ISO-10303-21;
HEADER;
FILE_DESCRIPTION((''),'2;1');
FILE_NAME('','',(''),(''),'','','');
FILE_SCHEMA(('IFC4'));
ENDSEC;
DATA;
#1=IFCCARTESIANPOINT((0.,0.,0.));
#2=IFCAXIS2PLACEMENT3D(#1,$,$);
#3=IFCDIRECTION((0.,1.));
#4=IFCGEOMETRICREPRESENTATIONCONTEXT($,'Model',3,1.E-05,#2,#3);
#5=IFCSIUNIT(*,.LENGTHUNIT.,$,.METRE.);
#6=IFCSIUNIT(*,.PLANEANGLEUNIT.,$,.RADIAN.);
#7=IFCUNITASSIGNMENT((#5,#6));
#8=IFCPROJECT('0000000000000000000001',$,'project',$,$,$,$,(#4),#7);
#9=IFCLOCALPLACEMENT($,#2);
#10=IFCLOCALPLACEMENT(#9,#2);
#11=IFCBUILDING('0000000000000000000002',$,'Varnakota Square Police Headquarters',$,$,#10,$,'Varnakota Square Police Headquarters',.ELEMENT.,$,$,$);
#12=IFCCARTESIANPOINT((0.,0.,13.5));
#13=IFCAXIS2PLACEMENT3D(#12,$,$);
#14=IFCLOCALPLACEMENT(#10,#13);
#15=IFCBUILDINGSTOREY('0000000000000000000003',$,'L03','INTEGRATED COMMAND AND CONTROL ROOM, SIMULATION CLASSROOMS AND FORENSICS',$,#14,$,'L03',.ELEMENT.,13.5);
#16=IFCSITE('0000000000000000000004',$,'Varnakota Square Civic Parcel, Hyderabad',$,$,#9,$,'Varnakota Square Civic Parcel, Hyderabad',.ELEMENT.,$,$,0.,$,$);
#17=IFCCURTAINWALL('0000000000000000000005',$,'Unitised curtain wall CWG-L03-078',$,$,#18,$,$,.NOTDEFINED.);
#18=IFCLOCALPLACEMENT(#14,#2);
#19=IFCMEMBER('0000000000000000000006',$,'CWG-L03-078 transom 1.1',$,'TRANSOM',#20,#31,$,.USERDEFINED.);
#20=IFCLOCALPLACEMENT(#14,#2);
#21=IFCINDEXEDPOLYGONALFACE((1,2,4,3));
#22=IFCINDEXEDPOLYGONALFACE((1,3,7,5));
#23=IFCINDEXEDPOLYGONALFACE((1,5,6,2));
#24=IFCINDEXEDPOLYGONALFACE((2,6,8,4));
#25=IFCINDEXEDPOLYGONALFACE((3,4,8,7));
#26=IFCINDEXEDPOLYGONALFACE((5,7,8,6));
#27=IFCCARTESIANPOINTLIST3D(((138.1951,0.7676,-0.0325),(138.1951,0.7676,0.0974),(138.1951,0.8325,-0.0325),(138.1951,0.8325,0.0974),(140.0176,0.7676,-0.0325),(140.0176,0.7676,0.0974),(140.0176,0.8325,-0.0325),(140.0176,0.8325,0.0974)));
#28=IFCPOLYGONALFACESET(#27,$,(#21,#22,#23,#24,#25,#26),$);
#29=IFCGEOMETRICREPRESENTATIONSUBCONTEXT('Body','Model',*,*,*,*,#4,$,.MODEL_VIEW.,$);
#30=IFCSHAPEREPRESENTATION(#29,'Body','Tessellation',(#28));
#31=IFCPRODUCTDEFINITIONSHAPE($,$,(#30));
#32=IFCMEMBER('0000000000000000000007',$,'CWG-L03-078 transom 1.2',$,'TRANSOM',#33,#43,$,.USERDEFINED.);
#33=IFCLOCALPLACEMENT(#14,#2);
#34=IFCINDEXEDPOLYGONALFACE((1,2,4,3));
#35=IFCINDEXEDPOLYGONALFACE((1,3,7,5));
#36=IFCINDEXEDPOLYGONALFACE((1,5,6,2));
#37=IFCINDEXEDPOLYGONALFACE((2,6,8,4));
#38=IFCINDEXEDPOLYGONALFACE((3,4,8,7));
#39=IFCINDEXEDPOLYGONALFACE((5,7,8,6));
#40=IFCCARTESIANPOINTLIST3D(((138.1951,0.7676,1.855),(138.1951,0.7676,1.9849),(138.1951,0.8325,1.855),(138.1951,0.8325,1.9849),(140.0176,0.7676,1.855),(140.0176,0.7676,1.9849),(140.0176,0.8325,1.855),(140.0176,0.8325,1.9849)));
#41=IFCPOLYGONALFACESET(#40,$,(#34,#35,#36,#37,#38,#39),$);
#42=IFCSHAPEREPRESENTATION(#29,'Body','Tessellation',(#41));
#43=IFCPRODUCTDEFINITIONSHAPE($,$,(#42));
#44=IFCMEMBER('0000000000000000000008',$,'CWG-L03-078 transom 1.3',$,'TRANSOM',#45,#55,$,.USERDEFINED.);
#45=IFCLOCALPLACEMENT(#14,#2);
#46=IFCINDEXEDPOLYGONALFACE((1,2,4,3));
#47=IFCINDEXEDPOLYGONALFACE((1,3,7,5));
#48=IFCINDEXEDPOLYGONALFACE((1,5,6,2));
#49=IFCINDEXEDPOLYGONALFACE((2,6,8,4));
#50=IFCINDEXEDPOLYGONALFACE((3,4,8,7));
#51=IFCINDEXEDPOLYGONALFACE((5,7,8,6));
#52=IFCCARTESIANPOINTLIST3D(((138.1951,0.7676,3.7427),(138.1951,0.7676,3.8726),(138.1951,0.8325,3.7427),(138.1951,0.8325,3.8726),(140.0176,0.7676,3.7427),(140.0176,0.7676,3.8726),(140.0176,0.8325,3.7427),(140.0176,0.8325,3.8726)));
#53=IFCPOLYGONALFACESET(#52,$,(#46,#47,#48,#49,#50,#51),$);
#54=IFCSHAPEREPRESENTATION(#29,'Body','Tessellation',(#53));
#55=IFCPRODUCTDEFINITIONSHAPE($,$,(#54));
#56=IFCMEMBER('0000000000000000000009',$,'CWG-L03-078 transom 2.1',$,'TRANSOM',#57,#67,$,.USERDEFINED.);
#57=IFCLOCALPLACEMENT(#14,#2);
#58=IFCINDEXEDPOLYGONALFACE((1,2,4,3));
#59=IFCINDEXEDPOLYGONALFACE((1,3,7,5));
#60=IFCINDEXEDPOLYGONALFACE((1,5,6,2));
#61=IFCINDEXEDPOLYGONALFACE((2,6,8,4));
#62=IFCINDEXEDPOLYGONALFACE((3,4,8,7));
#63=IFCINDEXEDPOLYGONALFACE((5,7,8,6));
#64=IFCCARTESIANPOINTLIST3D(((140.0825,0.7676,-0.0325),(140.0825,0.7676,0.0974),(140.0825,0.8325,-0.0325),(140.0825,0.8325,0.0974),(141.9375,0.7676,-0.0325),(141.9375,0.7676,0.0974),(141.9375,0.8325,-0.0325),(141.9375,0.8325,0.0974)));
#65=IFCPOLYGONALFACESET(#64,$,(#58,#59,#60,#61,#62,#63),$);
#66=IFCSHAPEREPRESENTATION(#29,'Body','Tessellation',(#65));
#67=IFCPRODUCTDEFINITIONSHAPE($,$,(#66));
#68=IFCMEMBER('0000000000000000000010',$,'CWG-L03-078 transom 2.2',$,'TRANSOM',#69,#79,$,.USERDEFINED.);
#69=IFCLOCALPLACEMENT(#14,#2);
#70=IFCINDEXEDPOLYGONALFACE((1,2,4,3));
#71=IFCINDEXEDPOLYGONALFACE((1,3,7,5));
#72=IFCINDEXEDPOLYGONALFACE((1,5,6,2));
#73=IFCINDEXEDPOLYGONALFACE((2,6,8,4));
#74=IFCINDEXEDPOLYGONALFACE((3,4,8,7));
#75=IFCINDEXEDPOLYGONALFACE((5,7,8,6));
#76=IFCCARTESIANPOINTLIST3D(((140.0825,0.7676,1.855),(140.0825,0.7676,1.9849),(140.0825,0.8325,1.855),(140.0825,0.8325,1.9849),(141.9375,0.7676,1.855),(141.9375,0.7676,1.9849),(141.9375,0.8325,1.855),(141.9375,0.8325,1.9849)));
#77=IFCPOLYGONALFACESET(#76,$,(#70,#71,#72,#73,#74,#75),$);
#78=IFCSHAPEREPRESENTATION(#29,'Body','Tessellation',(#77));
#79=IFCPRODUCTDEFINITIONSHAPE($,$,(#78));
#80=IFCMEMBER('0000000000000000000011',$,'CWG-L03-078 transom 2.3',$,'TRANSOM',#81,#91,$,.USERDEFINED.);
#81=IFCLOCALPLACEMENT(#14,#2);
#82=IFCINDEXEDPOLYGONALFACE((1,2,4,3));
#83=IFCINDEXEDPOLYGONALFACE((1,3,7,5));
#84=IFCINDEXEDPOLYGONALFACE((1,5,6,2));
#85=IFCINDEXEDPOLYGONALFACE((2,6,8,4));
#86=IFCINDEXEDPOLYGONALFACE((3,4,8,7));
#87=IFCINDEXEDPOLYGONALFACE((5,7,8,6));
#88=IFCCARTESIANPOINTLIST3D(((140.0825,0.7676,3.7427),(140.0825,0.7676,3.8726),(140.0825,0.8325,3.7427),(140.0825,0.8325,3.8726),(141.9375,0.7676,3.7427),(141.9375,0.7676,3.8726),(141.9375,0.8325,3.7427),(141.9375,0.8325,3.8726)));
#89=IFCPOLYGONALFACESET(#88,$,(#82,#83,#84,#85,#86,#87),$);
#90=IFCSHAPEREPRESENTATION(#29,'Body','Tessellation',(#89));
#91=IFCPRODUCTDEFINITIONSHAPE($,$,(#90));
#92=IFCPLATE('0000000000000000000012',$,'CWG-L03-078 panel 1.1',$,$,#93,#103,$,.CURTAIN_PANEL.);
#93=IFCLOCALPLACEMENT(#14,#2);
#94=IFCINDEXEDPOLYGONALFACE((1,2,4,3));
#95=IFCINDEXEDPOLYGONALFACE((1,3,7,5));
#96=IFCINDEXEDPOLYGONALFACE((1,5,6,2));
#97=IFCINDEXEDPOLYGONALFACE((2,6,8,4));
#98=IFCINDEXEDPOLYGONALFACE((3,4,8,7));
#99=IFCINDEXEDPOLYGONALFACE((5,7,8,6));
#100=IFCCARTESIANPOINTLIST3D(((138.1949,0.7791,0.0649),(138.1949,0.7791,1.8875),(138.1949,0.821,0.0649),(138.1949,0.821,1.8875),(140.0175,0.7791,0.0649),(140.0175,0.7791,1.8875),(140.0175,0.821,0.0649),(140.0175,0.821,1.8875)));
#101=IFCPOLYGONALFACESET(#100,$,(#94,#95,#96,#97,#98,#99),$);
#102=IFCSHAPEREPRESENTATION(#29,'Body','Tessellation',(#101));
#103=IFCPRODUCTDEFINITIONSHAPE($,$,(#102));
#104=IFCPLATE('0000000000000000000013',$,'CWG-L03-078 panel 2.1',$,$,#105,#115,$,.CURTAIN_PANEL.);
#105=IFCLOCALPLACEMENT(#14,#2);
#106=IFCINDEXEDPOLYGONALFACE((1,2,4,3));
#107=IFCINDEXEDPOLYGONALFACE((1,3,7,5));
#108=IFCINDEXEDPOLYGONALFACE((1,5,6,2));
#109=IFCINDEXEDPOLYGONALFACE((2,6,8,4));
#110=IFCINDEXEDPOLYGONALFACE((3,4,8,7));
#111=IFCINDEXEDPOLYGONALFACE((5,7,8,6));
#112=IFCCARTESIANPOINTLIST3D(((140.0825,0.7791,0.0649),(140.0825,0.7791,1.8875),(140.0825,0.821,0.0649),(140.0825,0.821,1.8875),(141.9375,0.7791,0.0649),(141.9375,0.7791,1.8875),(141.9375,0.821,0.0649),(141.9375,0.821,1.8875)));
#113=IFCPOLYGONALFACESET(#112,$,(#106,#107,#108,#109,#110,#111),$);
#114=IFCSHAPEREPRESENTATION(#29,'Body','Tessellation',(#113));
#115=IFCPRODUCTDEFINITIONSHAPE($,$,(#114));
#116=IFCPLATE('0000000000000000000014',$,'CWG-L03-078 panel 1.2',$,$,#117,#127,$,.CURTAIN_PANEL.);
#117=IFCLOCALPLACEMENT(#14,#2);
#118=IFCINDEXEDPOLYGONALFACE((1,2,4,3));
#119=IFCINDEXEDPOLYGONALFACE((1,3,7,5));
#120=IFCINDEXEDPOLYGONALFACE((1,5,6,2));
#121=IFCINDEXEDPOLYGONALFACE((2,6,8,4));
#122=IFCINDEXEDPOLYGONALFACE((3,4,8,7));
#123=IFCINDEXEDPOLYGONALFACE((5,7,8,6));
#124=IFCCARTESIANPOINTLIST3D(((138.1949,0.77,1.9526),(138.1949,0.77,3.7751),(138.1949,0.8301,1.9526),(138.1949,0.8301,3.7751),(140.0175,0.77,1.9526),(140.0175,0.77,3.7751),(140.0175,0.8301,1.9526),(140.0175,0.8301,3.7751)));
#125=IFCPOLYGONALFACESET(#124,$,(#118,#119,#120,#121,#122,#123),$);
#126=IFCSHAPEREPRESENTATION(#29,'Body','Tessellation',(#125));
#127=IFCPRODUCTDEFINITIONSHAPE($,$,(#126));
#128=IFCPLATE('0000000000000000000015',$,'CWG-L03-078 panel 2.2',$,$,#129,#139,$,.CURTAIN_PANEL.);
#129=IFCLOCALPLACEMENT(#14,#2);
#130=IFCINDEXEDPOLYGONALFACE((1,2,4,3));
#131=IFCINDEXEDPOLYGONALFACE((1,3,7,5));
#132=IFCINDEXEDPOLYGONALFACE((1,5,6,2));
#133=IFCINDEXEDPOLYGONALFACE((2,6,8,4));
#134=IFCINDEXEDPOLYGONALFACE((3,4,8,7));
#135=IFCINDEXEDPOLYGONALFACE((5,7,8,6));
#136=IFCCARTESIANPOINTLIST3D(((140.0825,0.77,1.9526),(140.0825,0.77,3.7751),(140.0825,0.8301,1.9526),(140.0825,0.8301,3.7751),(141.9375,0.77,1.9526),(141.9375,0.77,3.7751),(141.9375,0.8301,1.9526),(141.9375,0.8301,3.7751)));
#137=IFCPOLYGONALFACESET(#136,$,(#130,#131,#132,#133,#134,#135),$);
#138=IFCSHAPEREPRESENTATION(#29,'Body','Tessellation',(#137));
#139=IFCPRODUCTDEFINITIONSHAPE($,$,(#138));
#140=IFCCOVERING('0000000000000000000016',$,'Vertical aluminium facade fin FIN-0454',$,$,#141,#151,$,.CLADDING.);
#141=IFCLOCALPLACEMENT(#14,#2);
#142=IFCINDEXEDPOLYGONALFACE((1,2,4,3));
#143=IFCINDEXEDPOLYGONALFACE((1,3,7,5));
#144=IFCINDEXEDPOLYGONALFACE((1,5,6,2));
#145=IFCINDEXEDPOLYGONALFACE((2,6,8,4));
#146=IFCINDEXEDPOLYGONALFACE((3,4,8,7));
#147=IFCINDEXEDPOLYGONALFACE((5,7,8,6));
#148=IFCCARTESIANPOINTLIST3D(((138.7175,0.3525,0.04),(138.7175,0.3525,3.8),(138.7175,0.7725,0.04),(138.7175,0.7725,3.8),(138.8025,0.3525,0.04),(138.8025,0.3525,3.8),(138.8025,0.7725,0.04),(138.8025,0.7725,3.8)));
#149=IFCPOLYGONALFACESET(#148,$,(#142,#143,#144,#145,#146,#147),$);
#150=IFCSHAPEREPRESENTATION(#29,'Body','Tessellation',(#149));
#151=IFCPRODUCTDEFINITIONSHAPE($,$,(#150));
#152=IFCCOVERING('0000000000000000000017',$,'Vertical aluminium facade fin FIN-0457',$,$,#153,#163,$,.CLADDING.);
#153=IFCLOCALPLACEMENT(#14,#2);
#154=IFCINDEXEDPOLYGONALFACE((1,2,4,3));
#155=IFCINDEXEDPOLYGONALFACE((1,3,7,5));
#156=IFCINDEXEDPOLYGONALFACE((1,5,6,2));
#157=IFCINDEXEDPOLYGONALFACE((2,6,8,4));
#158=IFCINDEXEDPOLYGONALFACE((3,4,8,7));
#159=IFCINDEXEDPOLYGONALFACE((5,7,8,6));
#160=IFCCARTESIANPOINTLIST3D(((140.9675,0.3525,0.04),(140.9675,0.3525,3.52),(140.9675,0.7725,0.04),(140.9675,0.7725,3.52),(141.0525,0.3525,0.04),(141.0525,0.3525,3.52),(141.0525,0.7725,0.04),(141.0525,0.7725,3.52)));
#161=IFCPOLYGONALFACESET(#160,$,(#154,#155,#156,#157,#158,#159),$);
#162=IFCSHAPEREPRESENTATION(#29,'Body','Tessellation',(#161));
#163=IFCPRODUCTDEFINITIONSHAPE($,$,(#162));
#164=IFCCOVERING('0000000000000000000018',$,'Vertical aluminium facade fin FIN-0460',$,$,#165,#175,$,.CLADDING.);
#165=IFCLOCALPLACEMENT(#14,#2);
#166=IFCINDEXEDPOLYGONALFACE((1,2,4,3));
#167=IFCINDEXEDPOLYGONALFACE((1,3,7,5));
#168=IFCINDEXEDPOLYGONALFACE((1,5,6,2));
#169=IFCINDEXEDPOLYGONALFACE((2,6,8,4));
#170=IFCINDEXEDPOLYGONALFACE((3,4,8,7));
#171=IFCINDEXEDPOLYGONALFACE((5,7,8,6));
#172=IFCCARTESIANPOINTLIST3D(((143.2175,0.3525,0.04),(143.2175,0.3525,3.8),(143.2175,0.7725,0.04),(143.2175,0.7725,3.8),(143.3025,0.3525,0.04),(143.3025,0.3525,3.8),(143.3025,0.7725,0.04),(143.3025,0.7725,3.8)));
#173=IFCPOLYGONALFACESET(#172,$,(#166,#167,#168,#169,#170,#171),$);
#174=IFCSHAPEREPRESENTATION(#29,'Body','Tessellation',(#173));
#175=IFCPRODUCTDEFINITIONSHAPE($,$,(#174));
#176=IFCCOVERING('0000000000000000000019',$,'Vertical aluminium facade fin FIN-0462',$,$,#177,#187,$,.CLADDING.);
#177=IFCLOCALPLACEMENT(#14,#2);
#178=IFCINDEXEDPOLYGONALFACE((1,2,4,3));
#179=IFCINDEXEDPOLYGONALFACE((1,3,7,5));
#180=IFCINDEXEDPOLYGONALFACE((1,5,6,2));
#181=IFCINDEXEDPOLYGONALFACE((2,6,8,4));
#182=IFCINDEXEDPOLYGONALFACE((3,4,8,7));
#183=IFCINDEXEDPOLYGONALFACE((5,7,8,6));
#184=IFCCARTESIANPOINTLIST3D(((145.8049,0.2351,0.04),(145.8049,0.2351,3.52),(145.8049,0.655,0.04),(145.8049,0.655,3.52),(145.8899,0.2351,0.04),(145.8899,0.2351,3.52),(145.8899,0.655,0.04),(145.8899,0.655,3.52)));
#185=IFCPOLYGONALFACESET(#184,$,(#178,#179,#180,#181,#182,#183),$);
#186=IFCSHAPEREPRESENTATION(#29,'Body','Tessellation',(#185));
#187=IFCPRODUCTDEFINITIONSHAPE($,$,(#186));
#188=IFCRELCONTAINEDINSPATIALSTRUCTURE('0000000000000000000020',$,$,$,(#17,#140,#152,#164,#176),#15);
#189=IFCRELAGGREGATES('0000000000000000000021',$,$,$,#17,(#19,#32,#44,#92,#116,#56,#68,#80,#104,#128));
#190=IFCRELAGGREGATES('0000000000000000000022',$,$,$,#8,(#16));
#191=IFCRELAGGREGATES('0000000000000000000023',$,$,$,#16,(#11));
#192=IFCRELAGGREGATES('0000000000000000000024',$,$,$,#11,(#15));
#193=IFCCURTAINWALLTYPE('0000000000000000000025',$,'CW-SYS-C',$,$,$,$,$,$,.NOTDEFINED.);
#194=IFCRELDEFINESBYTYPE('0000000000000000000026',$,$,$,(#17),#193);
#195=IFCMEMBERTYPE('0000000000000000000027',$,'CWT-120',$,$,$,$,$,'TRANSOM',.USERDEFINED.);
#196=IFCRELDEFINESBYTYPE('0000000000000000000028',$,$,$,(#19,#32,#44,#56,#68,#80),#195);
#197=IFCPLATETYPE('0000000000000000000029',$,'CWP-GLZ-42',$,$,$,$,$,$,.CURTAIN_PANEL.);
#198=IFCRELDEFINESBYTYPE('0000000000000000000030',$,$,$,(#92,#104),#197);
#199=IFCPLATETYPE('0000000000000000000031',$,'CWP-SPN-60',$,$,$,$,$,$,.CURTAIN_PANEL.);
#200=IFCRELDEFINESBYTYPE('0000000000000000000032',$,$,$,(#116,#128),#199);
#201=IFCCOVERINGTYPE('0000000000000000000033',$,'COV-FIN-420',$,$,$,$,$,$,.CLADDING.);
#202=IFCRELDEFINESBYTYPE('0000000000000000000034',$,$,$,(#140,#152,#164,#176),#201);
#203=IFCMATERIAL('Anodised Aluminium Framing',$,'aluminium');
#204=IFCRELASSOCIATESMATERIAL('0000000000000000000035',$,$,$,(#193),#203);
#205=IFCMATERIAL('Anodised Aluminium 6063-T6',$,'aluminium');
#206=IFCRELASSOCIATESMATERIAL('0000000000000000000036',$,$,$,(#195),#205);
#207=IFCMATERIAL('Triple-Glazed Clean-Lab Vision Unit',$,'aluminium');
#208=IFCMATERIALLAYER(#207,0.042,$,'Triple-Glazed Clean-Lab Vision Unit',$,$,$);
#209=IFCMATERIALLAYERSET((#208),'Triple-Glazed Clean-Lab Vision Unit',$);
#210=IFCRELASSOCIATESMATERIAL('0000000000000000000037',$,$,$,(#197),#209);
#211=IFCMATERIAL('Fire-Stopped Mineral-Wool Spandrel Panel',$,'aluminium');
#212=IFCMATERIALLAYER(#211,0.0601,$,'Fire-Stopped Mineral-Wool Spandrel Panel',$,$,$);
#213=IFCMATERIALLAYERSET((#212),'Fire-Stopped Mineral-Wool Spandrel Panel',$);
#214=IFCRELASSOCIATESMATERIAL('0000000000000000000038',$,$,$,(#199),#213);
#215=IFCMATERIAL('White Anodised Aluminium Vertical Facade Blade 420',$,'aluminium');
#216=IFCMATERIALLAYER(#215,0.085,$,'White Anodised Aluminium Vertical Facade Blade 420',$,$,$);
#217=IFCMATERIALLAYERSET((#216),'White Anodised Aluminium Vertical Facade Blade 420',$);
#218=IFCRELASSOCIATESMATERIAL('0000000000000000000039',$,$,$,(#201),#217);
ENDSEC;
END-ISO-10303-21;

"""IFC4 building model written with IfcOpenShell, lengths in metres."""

from ifc_helpers import new_model, si_unit, direction, frame, origin, origin_2d, place, context, subcontext, project, spatial, rectangle, extrude, material, layer, layer_set, material_profile, profile_set, type_object, element, aggregate, save


model = new_model("IFC4")

# Units and contexts
model_context = context("Model", 3, precision=1e-05, world=origin(), true_north=direction((0.0, 1.0)))
body_context = subcontext(model_context, "Body", "Model", "MODEL_VIEW")
ifc_project = project(units=[si_unit("LENGTHUNIT", "METRE"), si_unit("PLANEANGLEUNIT", "RADIAN")], contexts=[model_context])

# Site, building, storey
site_placement = place(None, origin())
site = spatial("IfcSite", under=ifc_project, at=site_placement, Name="Varnakota Square Civic Parcel, Hyderabad", LongName="Varnakota Square Civic Parcel, Hyderabad", CompositionType="ELEMENT", RefElevation=0.0)
building_placement = place(site_placement, origin())
building = spatial("IfcBuilding", under=site, at=building_placement, Name="Varnakota Square Police Headquarters", LongName="Varnakota Square Police Headquarters", CompositionType="ELEMENT")
storey_placement = place(building_placement, frame((0.0, 0.0, 13.5)))
storey = spatial("IfcBuildingStorey", under=building, at=storey_placement, Name="L03", Description="INTEGRATED COMMAND AND CONTROL ROOM, SIMULATION CLASSROOMS AND FORENSICS", LongName="L03", CompositionType="ELEMENT", Elevation=13.5)

# Curtain wall, members, plates
ifc_material_1 = material(Name="Anodised Aluminium Framing", Category="aluminium")
curtain_wall_type = type_object("IfcCurtainWallType", Name="CW-SYS-C", PredefinedType="NOTDEFINED", material=ifc_material_1)
curtain_wall_placement = place(storey_placement, origin())
curtain_wall = element("IfcCurtainWall", 1, at=curtain_wall_placement, inside=storey, type_object=curtain_wall_type, Name="Unitised curtain wall CWG-L03-078", PredefinedType="NOTDEFINED")
ifc_material_2 = material(Name="Anodised Aluminium 6063-T6", Category="aluminium")
ifc_material_profile_1 = material_profile(ifc_material_2, rectangle(XDim=0.0649, YDim=0.1299, at=origin_2d()), Name="ALU TRANSOM 65x130")
ifc_profile_set_1 = profile_set([ifc_material_profile_1], Name="Anodised Aluminium 6063-T6")
member_type_1 = type_object("IfcMemberType", Name="CWT-120", ElementType="TRANSOM", PredefinedType="USERDEFINED", material=ifc_profile_set_1)
member_1_placement = place(storey_placement, frame((138.1951, 0.8, 0.0325), z_axis=(1.0, 0.0, 0.0), x_axis=(0.0, 1.0, 0.0)))
member_1 = element("IfcMember", 2, at=member_1_placement, type_object=member_type_1, Name="CWG-L03-078 transom 1.1", ObjectType="TRANSOM", PredefinedType="USERDEFINED", context=body_context, shape_type="SweptSolid", body=[
    extrude(rectangle(XDim=0.0649, YDim=0.1299, at=origin_2d()), origin(), (0.0, 0.0, 1.0), 1.8225),
])
member_2_placement = place(storey_placement, frame((138.1951, 0.8, 1.9199), z_axis=(1.0, 0.0, 0.0), x_axis=(0.0, 1.0, 0.0)))
member_2 = element("IfcMember", 3, at=member_2_placement, type_object=member_type_1, Name="CWG-L03-078 transom 1.2", ObjectType="TRANSOM", PredefinedType="USERDEFINED", context=body_context, shape_type="SweptSolid", body=[
    extrude(rectangle(XDim=0.0649, YDim=0.1299, at=origin_2d()), origin(), (0.0, 0.0, 1.0), 1.8225),
])
member_3_placement = place(storey_placement, frame((138.1951, 0.8, 3.8076), z_axis=(1.0, 0.0, 0.0), x_axis=(0.0, 1.0, 0.0)))
member_3 = element("IfcMember", 4, at=member_3_placement, type_object=member_type_1, Name="CWG-L03-078 transom 1.3", ObjectType="TRANSOM", PredefinedType="USERDEFINED", context=body_context, shape_type="SweptSolid", body=[
    extrude(rectangle(XDim=0.0649, YDim=0.1299, at=origin_2d()), origin(), (0.0, 0.0, 1.0), 1.8225),
])
member_4_placement = place(storey_placement, frame((140.0825, 0.8, 0.0325), z_axis=(1.0, 0.0, 0.0), x_axis=(0.0, 1.0, 0.0)))
member_4 = element("IfcMember", 5, at=member_4_placement, type_object=member_type_1, Name="CWG-L03-078 transom 2.1", ObjectType="TRANSOM", PredefinedType="USERDEFINED", context=body_context, shape_type="SweptSolid", body=[
    extrude(rectangle(XDim=0.0649, YDim=0.1299, at=origin_2d()), origin(), (0.0, 0.0, 1.0), 1.855),
])
member_5_placement = place(storey_placement, frame((140.0825, 0.8, 1.9199), z_axis=(1.0, 0.0, 0.0), x_axis=(0.0, 1.0, 0.0)))
member_5 = element("IfcMember", 6, at=member_5_placement, type_object=member_type_1, Name="CWG-L03-078 transom 2.2", ObjectType="TRANSOM", PredefinedType="USERDEFINED", context=body_context, shape_type="SweptSolid", body=[
    extrude(rectangle(XDim=0.0649, YDim=0.1299, at=origin_2d()), origin(), (0.0, 0.0, 1.0), 1.855),
])
member_6_placement = place(storey_placement, frame((140.0825, 0.8, 3.8076), z_axis=(1.0, 0.0, 0.0), x_axis=(0.0, 1.0, 0.0)))
member_6 = element("IfcMember", 7, at=member_6_placement, type_object=member_type_1, Name="CWG-L03-078 transom 2.3", ObjectType="TRANSOM", PredefinedType="USERDEFINED", context=body_context, shape_type="SweptSolid", body=[
    extrude(rectangle(XDim=0.0649, YDim=0.1299, at=origin_2d()), origin(), (0.0, 0.0, 1.0), 1.855),
])
ifc_material_3 = material(Name="Triple-Glazed Clean-Lab Vision Unit", Category="aluminium")
ifc_layer_1 = layer(ifc_material_3, 0.042, Name="Triple-Glazed Clean-Lab Vision Unit")
ifc_layer_set_1 = layer_set([ifc_layer_1], Name="Triple-Glazed Clean-Lab Vision Unit")
plate_type_1 = type_object("IfcPlateType", Name="CWP-GLZ-42", PredefinedType="CURTAIN_PANEL", material=ifc_layer_set_1)
plate_1_placement = place(storey_placement, frame((139.1062, 0.8, 0.0649), z_axis=(0.0, 0.0, 1.0), x_axis=(1.0, 0.0, 0.0)))
plate_1 = element("IfcPlate", 8, at=plate_1_placement, type_object=plate_type_1, Name="CWG-L03-078 panel 1.1", PredefinedType="CURTAIN_PANEL", context=body_context, shape_type="SweptSolid", body=[
    extrude(rectangle(XDim=1.8225, YDim=0.042, at=origin_2d()), origin(), (0.0, 0.0, 1.0), 1.8225),
])
plate_2_placement = place(storey_placement, frame((141.01, 0.8, 0.0649), z_axis=(0.0, 0.0, 1.0), x_axis=(1.0, 0.0, 0.0)))
plate_2 = element("IfcPlate", 9, at=plate_2_placement, type_object=plate_type_1, Name="CWG-L03-078 panel 2.1", PredefinedType="CURTAIN_PANEL", context=body_context, shape_type="SweptSolid", body=[
    extrude(rectangle(XDim=1.855, YDim=0.042, at=origin_2d()), origin(), (0.0, 0.0, 1.0), 1.8225),
])
ifc_material_4 = material(Name="Fire-Stopped Mineral-Wool Spandrel Panel", Category="aluminium")
ifc_layer_2 = layer(ifc_material_4, 0.0601, Name="Fire-Stopped Mineral-Wool Spandrel Panel")
ifc_layer_set_2 = layer_set([ifc_layer_2], Name="Fire-Stopped Mineral-Wool Spandrel Panel")
plate_type_2 = type_object("IfcPlateType", Name="CWP-SPN-60", PredefinedType="CURTAIN_PANEL", material=ifc_layer_set_2)
plate_3_placement = place(storey_placement, frame((139.1062, 0.8, 1.9526), z_axis=(0.0, 0.0, 1.0), x_axis=(1.0, 0.0, 0.0)))
plate_3 = element("IfcPlate", 10, at=plate_3_placement, type_object=plate_type_2, Name="CWG-L03-078 panel 1.2", PredefinedType="CURTAIN_PANEL", context=body_context, shape_type="SweptSolid", body=[
    extrude(rectangle(XDim=1.8225, YDim=0.0601, at=origin_2d()), origin(), (0.0, 0.0, 1.0), 1.8225),
])
plate_4_placement = place(storey_placement, frame((141.01, 0.8, 1.9526), z_axis=(0.0, 0.0, 1.0), x_axis=(1.0, 0.0, 0.0)))
plate_4 = element("IfcPlate", 11, at=plate_4_placement, type_object=plate_type_2, Name="CWG-L03-078 panel 2.2", PredefinedType="CURTAIN_PANEL", context=body_context, shape_type="SweptSolid", body=[
    extrude(rectangle(XDim=1.855, YDim=0.0601, at=origin_2d()), origin(), (0.0, 0.0, 1.0), 1.8225),
])
aggregate(curtain_wall, [member_1, member_2, member_3, plate_1, plate_3, member_4, member_5, member_6, plate_2, plate_4])

# Coverings
ifc_material_5 = material(Name="White Anodised Aluminium Vertical Facade Blade 420", Category="aluminium")
ifc_layer_3 = layer(ifc_material_5, 0.085, Name="White Anodised Aluminium Vertical Facade Blade 420")
ifc_layer_set_3 = layer_set([ifc_layer_3], Name="White Anodised Aluminium Vertical Facade Blade 420")
covering_type_1 = type_object("IfcCoveringType", Name="COV-FIN-420", PredefinedType="CLADDING", material=ifc_layer_set_3)
covering_1_placement = place(storey_placement, frame((138.76, 0.5625, 0.04), z_axis=(0.0, 0.0, 1.0), x_axis=(1.0, 0.0, 0.0)))
element("IfcCovering", 12, at=covering_1_placement, inside=storey, type_object=covering_type_1, Name="Vertical aluminium facade fin FIN-0454", PredefinedType="CLADDING", context=body_context, shape_type="SweptSolid", body=[
    extrude(rectangle(XDim=0.085, YDim=0.4199, at=origin_2d()), origin(), (0.0, 0.0, 1.0), 3.76),
])
covering_2_placement = place(storey_placement, frame((141.01, 0.5625, 0.04), z_axis=(0.0, 0.0, 1.0), x_axis=(1.0, 0.0, 0.0)))
element("IfcCovering", 13, at=covering_2_placement, inside=storey, type_object=covering_type_1, Name="Vertical aluminium facade fin FIN-0457", PredefinedType="CLADDING", context=body_context, shape_type="SweptSolid", body=[
    extrude(rectangle(XDim=0.085, YDim=0.4199, at=origin_2d()), origin(), (0.0, 0.0, 1.0), 3.48),
])
covering_3_placement = place(storey_placement, frame((143.26, 0.5625, 0.04), z_axis=(0.0, 0.0, 1.0), x_axis=(1.0, 0.0, 0.0)))
element("IfcCovering", 14, at=covering_3_placement, inside=storey, type_object=covering_type_1, Name="Vertical aluminium facade fin FIN-0460", PredefinedType="CLADDING", context=body_context, shape_type="SweptSolid", body=[
    extrude(rectangle(XDim=0.085, YDim=0.4199, at=origin_2d()), origin(), (0.0, 0.0, 1.0), 3.76),
])
covering_4_placement = place(storey_placement, frame((145.8474, 0.4451, 0.04), z_axis=(0.0, 0.0, 1.0), x_axis=(1.0, 0.0, 0.0)))
element("IfcCovering", 15, at=covering_4_placement, inside=storey, type_object=covering_type_1, Name="Vertical aluminium facade fin FIN-0462", PredefinedType="CLADDING", context=body_context, shape_type="SweptSolid", body=[
    extrude(rectangle(XDim=0.085, YDim=0.4199, at=origin_2d()), origin(), (0.0, 0.0, 1.0), 3.48),
])

save(model, "model.ifc")
